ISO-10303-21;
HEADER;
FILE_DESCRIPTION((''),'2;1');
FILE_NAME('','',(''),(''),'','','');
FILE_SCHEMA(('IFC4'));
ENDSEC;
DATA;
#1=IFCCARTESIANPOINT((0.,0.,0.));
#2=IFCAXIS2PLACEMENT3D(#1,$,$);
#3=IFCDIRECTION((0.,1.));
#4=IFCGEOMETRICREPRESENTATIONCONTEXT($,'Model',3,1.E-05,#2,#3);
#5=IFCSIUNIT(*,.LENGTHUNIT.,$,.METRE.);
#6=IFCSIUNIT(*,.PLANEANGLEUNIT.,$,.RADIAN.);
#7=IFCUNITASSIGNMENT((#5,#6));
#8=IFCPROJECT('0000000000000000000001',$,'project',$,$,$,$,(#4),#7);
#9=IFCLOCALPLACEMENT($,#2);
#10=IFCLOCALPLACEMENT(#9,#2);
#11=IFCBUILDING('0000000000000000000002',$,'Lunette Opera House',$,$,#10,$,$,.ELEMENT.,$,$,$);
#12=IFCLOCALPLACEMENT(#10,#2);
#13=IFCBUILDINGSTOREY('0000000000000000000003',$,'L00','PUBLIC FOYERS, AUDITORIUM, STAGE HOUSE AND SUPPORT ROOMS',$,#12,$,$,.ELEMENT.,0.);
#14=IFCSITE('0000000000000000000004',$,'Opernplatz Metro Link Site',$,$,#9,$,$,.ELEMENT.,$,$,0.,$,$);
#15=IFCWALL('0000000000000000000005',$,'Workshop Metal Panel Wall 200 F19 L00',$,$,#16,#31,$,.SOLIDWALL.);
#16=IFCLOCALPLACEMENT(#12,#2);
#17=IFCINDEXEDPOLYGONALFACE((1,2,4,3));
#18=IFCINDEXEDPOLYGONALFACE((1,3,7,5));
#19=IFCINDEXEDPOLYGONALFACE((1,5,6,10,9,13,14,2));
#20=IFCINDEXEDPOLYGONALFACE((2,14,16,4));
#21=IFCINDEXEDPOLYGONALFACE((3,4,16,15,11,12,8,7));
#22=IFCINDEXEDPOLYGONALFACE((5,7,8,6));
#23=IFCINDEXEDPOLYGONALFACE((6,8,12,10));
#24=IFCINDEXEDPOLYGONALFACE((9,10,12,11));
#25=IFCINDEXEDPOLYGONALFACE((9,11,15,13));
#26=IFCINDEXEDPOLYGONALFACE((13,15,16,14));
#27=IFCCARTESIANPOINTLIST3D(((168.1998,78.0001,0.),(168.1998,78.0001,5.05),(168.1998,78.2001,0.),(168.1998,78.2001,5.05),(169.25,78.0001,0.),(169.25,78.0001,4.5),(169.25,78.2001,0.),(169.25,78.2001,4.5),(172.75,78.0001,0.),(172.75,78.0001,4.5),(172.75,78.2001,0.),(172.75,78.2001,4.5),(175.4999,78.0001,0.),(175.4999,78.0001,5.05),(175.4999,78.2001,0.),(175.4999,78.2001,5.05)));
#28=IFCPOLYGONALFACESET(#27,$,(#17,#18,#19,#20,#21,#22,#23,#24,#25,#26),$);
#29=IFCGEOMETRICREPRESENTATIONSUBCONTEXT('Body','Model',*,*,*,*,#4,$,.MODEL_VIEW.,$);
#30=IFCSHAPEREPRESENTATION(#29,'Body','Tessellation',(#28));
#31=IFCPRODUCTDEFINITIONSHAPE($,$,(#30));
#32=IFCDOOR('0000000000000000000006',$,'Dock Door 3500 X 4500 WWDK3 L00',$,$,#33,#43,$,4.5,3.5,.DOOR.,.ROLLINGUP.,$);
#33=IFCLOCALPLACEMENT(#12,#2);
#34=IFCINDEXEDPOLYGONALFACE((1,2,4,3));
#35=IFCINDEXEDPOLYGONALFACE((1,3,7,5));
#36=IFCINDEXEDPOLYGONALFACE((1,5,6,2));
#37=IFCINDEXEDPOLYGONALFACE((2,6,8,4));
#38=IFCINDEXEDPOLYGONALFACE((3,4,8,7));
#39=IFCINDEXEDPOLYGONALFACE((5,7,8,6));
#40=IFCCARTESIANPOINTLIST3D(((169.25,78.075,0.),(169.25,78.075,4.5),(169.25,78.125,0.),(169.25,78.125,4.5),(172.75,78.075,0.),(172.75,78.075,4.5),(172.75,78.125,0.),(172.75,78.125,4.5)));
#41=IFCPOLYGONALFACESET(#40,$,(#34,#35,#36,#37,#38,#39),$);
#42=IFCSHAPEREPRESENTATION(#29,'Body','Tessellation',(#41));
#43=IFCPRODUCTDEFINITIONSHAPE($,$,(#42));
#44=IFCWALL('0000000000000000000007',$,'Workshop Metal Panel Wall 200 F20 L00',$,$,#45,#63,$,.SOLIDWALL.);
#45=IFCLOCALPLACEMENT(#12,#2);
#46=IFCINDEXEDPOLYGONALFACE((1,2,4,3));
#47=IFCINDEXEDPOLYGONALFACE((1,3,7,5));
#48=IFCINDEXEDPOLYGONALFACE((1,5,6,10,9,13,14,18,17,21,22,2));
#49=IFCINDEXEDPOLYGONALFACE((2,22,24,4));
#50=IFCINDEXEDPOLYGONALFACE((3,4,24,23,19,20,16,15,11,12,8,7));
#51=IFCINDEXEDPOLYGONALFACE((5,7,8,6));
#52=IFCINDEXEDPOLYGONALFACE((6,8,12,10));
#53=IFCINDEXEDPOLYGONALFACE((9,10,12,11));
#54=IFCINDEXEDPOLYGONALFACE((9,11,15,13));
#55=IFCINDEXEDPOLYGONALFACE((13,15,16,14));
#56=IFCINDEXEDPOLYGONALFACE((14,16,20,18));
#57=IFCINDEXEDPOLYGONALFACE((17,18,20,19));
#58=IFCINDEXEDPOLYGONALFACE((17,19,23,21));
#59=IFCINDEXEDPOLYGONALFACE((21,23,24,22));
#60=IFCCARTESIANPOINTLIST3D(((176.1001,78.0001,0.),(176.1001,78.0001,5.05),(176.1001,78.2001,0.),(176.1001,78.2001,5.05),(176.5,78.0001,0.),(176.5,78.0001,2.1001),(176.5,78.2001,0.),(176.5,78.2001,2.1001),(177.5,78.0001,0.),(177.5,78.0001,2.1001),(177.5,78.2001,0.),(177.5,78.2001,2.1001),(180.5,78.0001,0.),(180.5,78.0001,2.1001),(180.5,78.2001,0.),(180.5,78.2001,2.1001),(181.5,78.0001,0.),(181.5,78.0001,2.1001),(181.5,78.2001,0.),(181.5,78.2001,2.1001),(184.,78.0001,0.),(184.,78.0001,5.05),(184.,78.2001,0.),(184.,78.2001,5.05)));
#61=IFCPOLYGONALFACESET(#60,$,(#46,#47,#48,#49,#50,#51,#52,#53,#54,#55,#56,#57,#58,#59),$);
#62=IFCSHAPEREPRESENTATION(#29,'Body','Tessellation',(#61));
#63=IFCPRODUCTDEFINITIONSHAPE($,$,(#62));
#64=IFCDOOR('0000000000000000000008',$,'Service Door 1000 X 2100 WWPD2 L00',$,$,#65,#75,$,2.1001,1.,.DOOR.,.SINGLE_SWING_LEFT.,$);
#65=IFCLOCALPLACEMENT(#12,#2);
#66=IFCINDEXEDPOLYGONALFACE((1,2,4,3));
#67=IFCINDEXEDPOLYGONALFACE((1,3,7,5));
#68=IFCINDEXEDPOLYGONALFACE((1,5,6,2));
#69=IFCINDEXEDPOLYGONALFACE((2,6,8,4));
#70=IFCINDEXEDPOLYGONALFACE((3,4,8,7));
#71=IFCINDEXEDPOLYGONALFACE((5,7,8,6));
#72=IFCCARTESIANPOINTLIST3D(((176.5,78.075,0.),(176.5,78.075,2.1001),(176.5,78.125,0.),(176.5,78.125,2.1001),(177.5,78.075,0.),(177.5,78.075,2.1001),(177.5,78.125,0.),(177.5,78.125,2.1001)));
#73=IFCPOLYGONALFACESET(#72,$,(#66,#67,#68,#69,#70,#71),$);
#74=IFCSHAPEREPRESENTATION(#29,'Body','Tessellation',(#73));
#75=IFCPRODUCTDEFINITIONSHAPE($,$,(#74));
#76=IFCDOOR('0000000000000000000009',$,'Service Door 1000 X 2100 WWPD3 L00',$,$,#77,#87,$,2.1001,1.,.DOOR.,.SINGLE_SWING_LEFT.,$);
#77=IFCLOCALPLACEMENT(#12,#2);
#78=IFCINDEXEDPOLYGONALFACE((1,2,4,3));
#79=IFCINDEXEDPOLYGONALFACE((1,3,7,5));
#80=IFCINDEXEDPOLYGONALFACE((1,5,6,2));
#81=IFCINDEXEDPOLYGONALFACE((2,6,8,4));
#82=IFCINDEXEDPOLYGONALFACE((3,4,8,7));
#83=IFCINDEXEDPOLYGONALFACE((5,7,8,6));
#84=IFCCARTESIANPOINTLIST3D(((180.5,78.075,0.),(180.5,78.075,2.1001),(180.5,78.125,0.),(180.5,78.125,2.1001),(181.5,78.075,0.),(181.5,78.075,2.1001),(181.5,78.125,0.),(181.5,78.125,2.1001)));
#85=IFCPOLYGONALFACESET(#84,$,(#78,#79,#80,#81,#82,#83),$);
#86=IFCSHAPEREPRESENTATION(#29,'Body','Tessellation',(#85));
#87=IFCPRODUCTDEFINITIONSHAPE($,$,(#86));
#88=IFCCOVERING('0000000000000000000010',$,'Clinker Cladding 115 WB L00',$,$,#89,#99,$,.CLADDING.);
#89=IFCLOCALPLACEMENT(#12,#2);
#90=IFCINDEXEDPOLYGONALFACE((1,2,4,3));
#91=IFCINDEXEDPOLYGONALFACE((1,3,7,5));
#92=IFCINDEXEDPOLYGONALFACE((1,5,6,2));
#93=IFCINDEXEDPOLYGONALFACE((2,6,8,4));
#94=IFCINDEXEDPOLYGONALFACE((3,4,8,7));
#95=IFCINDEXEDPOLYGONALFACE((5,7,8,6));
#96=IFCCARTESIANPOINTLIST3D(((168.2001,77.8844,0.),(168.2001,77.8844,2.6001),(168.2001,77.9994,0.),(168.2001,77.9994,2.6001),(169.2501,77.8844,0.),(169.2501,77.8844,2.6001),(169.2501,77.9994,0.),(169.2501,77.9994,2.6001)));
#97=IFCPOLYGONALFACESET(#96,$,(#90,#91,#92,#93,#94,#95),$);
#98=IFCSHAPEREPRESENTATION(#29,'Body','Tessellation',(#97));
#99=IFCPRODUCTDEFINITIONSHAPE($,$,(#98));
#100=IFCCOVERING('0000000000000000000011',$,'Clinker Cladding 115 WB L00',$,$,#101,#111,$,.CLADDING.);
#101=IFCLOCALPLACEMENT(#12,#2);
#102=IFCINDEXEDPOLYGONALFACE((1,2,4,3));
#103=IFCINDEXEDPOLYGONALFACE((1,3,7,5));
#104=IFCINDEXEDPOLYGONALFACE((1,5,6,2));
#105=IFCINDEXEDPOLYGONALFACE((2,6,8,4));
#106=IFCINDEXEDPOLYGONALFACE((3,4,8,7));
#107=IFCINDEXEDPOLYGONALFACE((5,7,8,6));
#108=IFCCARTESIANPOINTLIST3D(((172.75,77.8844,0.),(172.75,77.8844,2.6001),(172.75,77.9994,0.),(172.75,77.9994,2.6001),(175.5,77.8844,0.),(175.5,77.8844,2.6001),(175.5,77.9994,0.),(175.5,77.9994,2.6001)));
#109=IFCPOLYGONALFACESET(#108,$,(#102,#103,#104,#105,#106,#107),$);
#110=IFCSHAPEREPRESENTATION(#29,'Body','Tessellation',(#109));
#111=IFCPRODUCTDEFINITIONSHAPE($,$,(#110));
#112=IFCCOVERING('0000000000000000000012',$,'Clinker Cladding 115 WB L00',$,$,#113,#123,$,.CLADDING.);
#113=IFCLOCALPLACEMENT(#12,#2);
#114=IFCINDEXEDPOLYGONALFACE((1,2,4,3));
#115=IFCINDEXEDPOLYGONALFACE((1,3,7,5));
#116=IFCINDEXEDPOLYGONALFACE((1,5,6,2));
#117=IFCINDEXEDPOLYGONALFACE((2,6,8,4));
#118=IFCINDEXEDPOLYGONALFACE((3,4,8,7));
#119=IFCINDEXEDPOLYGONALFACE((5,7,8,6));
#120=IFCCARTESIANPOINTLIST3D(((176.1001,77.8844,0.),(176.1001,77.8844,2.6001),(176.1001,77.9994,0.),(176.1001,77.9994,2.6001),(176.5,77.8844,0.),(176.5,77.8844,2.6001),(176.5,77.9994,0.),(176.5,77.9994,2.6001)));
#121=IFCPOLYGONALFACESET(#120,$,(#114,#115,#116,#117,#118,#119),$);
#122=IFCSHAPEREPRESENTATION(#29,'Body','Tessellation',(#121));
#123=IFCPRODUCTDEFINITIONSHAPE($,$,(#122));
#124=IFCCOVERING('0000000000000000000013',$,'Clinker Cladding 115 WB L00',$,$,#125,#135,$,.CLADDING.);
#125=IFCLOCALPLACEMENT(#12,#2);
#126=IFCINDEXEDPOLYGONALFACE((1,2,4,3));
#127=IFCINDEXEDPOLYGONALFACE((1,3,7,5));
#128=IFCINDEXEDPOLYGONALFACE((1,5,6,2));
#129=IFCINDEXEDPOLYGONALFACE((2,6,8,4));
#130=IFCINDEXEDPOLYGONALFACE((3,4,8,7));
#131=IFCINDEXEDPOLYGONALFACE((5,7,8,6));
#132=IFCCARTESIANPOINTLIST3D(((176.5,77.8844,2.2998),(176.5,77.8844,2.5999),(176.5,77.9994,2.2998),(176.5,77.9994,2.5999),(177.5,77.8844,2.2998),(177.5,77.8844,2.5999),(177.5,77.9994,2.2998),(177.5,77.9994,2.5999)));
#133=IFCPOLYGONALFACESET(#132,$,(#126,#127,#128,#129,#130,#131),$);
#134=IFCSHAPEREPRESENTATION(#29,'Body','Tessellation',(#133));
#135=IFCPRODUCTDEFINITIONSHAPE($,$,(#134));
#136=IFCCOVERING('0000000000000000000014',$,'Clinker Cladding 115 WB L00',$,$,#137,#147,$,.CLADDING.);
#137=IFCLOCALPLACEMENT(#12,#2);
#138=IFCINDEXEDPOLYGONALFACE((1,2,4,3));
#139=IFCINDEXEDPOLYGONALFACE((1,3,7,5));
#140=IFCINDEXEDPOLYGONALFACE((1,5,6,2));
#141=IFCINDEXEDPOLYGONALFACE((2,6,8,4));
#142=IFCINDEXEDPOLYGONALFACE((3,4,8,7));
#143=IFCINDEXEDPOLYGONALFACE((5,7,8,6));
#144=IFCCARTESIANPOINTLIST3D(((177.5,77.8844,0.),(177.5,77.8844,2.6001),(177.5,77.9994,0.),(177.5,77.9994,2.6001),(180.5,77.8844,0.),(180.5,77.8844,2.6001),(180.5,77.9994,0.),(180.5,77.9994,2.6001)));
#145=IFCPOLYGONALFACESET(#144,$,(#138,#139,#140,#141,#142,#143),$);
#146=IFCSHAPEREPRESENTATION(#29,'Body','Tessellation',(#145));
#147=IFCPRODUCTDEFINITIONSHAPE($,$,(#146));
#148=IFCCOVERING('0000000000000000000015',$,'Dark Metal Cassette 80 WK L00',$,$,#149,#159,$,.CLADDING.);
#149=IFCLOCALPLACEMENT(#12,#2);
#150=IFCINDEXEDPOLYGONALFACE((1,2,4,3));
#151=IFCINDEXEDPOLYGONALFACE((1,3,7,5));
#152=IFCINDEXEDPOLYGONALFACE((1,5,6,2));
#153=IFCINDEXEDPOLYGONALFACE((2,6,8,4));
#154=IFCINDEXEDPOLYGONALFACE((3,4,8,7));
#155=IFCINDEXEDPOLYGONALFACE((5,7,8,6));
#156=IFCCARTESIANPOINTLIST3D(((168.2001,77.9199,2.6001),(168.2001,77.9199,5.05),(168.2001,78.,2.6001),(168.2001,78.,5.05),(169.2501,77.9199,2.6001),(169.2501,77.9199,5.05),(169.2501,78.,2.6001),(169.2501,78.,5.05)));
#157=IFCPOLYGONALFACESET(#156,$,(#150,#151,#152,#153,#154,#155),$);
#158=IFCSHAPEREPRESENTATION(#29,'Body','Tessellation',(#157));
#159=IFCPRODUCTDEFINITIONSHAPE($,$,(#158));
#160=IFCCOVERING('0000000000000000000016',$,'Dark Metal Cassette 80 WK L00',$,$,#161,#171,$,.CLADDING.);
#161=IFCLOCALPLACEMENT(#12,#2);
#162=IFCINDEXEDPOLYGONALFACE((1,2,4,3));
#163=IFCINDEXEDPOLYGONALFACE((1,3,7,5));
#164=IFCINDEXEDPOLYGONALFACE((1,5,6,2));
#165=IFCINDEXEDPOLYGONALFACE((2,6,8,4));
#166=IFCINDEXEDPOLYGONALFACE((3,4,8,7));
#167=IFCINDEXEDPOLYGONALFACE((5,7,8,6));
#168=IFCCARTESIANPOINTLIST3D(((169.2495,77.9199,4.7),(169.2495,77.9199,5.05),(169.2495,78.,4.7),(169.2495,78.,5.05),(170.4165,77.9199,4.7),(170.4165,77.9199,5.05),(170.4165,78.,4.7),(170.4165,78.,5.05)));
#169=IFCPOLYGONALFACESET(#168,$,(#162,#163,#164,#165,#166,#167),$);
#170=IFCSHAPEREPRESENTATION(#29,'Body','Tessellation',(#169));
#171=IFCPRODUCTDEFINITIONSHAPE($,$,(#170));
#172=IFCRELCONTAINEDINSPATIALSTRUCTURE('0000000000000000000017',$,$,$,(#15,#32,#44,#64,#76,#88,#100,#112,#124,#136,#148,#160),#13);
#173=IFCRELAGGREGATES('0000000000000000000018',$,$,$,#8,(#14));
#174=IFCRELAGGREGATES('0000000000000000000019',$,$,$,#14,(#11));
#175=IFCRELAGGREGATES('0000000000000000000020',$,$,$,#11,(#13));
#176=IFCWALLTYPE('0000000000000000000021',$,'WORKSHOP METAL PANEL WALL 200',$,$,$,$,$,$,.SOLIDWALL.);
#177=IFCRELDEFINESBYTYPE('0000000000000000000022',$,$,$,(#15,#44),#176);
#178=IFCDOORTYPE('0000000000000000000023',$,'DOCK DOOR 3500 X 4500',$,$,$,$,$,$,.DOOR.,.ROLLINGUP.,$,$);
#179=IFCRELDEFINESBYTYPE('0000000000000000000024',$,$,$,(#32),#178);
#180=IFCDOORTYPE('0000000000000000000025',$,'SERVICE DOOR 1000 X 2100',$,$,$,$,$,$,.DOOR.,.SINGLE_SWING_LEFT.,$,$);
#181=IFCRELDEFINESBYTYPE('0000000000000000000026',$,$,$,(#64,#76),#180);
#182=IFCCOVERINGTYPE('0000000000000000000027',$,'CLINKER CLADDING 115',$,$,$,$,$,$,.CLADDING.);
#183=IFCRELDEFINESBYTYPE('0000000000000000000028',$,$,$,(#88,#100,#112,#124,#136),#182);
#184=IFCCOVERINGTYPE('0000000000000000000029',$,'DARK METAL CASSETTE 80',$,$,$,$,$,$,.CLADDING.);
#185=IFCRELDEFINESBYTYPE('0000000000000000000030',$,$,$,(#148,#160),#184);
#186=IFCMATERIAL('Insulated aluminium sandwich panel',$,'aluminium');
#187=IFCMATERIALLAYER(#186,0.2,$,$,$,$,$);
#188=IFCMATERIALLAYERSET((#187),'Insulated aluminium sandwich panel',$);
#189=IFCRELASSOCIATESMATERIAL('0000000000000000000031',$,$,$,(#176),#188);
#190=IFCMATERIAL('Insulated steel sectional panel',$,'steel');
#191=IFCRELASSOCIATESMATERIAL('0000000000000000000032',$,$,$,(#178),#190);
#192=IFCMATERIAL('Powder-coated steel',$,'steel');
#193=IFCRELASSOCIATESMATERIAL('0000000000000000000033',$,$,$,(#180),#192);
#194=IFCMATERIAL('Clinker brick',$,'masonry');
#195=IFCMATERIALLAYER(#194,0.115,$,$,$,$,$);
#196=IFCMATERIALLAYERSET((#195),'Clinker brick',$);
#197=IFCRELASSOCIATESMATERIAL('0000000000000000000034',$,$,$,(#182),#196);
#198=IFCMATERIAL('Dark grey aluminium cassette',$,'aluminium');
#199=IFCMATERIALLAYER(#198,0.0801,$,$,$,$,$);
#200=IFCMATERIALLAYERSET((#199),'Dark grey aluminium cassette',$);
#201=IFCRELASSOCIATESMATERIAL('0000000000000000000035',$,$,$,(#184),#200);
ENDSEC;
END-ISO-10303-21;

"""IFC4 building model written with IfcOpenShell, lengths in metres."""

from ifc_helpers import new_model, si_unit, direction, frame, frame_2d, origin, origin_2d, place, context, subcontext, project, spatial, rectangle, extrude, material, layer, layer_set, type_object, element, fill, save


model = new_model("IFC4")

# Units and contexts
model_context = context("Model", 3, precision=1e-05, world=origin(), true_north=direction((0.0, 1.0)))
body_context = subcontext(model_context, "Body", "Model", "MODEL_VIEW")
ifc_project = project(units=[si_unit("LENGTHUNIT", "METRE"), si_unit("PLANEANGLEUNIT", "RADIAN")], contexts=[model_context])

# Site, building, storey
site_placement = place(None, origin())
site = spatial("IfcSite", under=ifc_project, at=site_placement, Name="Opernplatz Metro Link Site", CompositionType="ELEMENT", RefElevation=0.0)
building_placement = place(site_placement, origin())
building = spatial("IfcBuilding", under=site, at=building_placement, Name="Lunette Opera House", CompositionType="ELEMENT")
storey_placement = place(building_placement, origin())
storey = spatial("IfcBuildingStorey", under=building, at=storey_placement, Name="L00", Description="PUBLIC FOYERS, AUDITORIUM, STAGE HOUSE AND SUPPORT ROOMS", CompositionType="ELEMENT", Elevation=0.0)

# Wall, opening, door
ifc_material_1 = material(Name="Insulated aluminium sandwich panel", Category="aluminium")
ifc_layer_1 = layer(ifc_material_1, 0.2)
ifc_layer_set_1 = layer_set([ifc_layer_1], Name="Insulated aluminium sandwich panel")
wall_type_1 = type_object("IfcWallType", Name="WORKSHOP METAL PANEL WALL 200", PredefinedType="SOLIDWALL", material=ifc_layer_set_1)
wall_1_placement = place(storey_placement, frame((168.2, 78.1001, 0.0), z_axis=(0.0, 0.0, 1.0), x_axis=(1.0, 0.0, 0.0)))
wall_1 = element("IfcWall", 1, at=wall_1_placement, inside=storey, type_object=wall_type_1, Name="Workshop Metal Panel Wall 200 F19 L00", PredefinedType="SOLIDWALL", context=body_context, shape_type="SweptSolid", body=[
    extrude(rectangle(XDim=7.3, YDim=0.2, at=frame_2d((3.6499, 0.0))), origin(), (0.0, 0.0, 1.0), 5.05),
])
opening_1_placement = place(wall_1_placement, frame((1.05, 0.0, 0.0)))
opening_1 = element("IfcOpeningElement", 2, at=opening_1_placement, cuts=wall_1, PredefinedType="OPENING", context=body_context, shape_type="SweptSolid", body=[
    extrude(rectangle(XDim=3.5, YDim=4.5, at=frame_2d((1.75, 2.25))), frame((0.0, 0.1121, 0.0), z_axis=(0.0, -1.0, 0.0), x_axis=(1.0, 0.0, 0.0)), (0.0, 0.0, 1.0), 0.2239),
])
ifc_material_2 = material(Name="Insulated steel sectional panel", Category="steel")
door_type_1 = type_object("IfcDoorType", Name="DOCK DOOR 3500 X 4500", OperationType="ROLLINGUP", PredefinedType="DOOR", material=ifc_material_2)
door_1_placement = place(opening_1_placement, origin())
door_1 = element("IfcDoor", 3, at=door_1_placement, inside=storey, type_object=door_type_1, Name="Dock Door 3500 X 4500 WWDK3 L00", OperationType="ROLLINGUP", OverallHeight=4.5, OverallWidth=3.5, PredefinedType="DOOR", context=body_context, shape_type="SweptSolid", body=[
    extrude(rectangle(XDim=3.5, YDim=4.5, at=frame_2d((1.75, 2.25))), frame((0.0, 0.0249, 0.0), z_axis=(0.0, -1.0, 0.0), x_axis=(1.0, 0.0, 0.0)), (0.0, 0.0, 1.0), 0.05),
])
fill(opening_1, door_1)

# Wall, openings, doors
wall_2_placement = place(storey_placement, frame((176.1001, 78.1001, 0.0), z_axis=(0.0, 0.0, 1.0), x_axis=(1.0, 0.0, 0.0)))
wall_2 = element("IfcWall", 4, at=wall_2_placement, inside=storey, type_object=wall_type_1, Name="Workshop Metal Panel Wall 200 F20 L00", PredefinedType="SOLIDWALL", context=body_context, shape_type="SweptSolid", body=[
    extrude(rectangle(XDim=7.8999, YDim=0.2, at=frame_2d((3.95, 0.0))), origin(), (0.0, 0.0, 1.0), 5.05),
])
opening_2_placement = place(wall_2_placement, frame((0.3999, 0.0, 0.0)))
opening_2 = element("IfcOpeningElement", 5, at=opening_2_placement, cuts=wall_2, PredefinedType="OPENING", context=body_context, shape_type="SweptSolid", body=[
    extrude(rectangle(XDim=1.0, YDim=2.1001, at=frame_2d((0.5, 1.05))), frame((0.0, 0.1121, 0.0), z_axis=(0.0, -1.0, 0.0), x_axis=(1.0, 0.0, 0.0)), (0.0, 0.0, 1.0), 0.2239),
])
opening_3_placement = place(wall_2_placement, frame((4.3999, 0.0, 0.0)))
opening_3 = element("IfcOpeningElement", 6, at=opening_3_placement, cuts=wall_2, PredefinedType="OPENING", context=body_context, shape_type="SweptSolid", body=[
    extrude(rectangle(XDim=1.0, YDim=2.1001, at=frame_2d((0.5, 1.05))), frame((0.0, 0.1121, 0.0), z_axis=(0.0, -1.0, 0.0), x_axis=(1.0, 0.0, 0.0)), (0.0, 0.0, 1.0), 0.2239),
])
ifc_material_3 = material(Name="Powder-coated steel", Category="steel")
door_type_2 = type_object("IfcDoorType", Name="SERVICE DOOR 1000 X 2100", OperationType="SINGLE_SWING_LEFT", PredefinedType="DOOR", material=ifc_material_3)
door_2_placement = place(opening_2_placement, origin())
door_2 = element("IfcDoor", 7, at=door_2_placement, inside=storey, type_object=door_type_2, Name="Service Door 1000 X 2100 WWPD2 L00", OperationType="SINGLE_SWING_LEFT", OverallHeight=2.1001, OverallWidth=1.0, PredefinedType="DOOR", context=body_context, shape_type="SweptSolid", body=[
    extrude(rectangle(XDim=1.0, YDim=2.1001, at=frame_2d((0.5, 1.05))), frame((0.0, 0.0249, 0.0), z_axis=(0.0, -1.0, 0.0), x_axis=(1.0, 0.0, 0.0)), (0.0, 0.0, 1.0), 0.05),
])
fill(opening_2, door_2)
door_3_placement = place(opening_3_placement, origin())
door_3 = element("IfcDoor", 8, at=door_3_placement, inside=storey, type_object=door_type_2, Name="Service Door 1000 X 2100 WWPD3 L00", OperationType="SINGLE_SWING_LEFT", OverallHeight=2.1001, OverallWidth=1.0, PredefinedType="DOOR", context=body_context, shape_type="SweptSolid", body=[
    extrude(rectangle(XDim=1.0, YDim=2.1001, at=frame_2d((0.5, 1.05))), frame((0.0, 0.0249, 0.0), z_axis=(0.0, -1.0, 0.0), x_axis=(1.0, 0.0, 0.0)), (0.0, 0.0, 1.0), 0.05),
])
fill(opening_3, door_3)

# Coverings
ifc_material_4 = material(Name="Clinker brick", Category="masonry")
ifc_layer_2 = layer(ifc_material_4, 0.115)
ifc_layer_set_2 = layer_set([ifc_layer_2], Name="Clinker brick")
covering_type_1 = type_object("IfcCoveringType", Name="CLINKER CLADDING 115", PredefinedType="CLADDING", material=ifc_layer_set_2)
covering_1_placement = place(storey_placement, frame((168.7251, 77.9419, 0.0), z_axis=(0.0, 0.0, 1.0), x_axis=(1.0, 0.0, 0.0)))
element("IfcCovering", 9, at=covering_1_placement, inside=storey, type_object=covering_type_1, Name="Clinker Cladding 115 WB L00", PredefinedType="CLADDING", context=body_context, shape_type="SweptSolid", body=[
    extrude(rectangle(XDim=1.05, YDim=0.115, at=origin_2d()), origin(), (0.0, 0.0, 1.0), 2.6001),
])
covering_2_placement = place(storey_placement, frame((174.125, 77.9419, 0.0), z_axis=(0.0, 0.0, 1.0), x_axis=(1.0, 0.0, 0.0)))
element("IfcCovering", 10, at=covering_2_placement, inside=storey, type_object=covering_type_1, Name="Clinker Cladding 115 WB L00", PredefinedType="CLADDING", context=body_context, shape_type="SweptSolid", body=[
    extrude(rectangle(XDim=2.75, YDim=0.115, at=origin_2d()), origin(), (0.0, 0.0, 1.0), 2.6001),
])
covering_3_placement = place(storey_placement, frame((176.3, 77.9419, 0.0), z_axis=(0.0, 0.0, 1.0), x_axis=(1.0, 0.0, 0.0)))
element("IfcCovering", 11, at=covering_3_placement, inside=storey, type_object=covering_type_1, Name="Clinker Cladding 115 WB L00", PredefinedType="CLADDING", context=body_context, shape_type="SweptSolid", body=[
    extrude(rectangle(XDim=0.3999, YDim=0.115, at=origin_2d()), origin(), (0.0, 0.0, 1.0), 2.6001),
])
covering_4_placement = place(storey_placement, frame((177.0, 77.9419, 2.2998), z_axis=(0.0, 0.0, 1.0), x_axis=(1.0, 0.0, 0.0)))
element("IfcCovering", 12, at=covering_4_placement, inside=storey, type_object=covering_type_1, Name="Clinker Cladding 115 WB L00", PredefinedType="CLADDING", context=body_context, shape_type="SweptSolid", body=[
    extrude(rectangle(XDim=1.0, YDim=0.115, at=origin_2d()), origin(), (0.0, 0.0, 1.0), 0.3),
])
covering_5_placement = place(storey_placement, frame((179.0, 77.9419, 0.0), z_axis=(0.0, 0.0, 1.0), x_axis=(1.0, 0.0, 0.0)))
element("IfcCovering", 13, at=covering_5_placement, inside=storey, type_object=covering_type_1, Name="Clinker Cladding 115 WB L00", PredefinedType="CLADDING", context=body_context, shape_type="SweptSolid", body=[
    extrude(rectangle(XDim=3.0, YDim=0.115, at=origin_2d()), origin(), (0.0, 0.0, 1.0), 2.6001),
])
ifc_material_5 = material(Name="Dark grey aluminium cassette", Category="aluminium")
ifc_layer_3 = layer(ifc_material_5, 0.0801)
ifc_layer_set_3 = layer_set([ifc_layer_3], Name="Dark grey aluminium cassette")
covering_type_2 = type_object("IfcCoveringType", Name="DARK METAL CASSETTE 80", PredefinedType="CLADDING", material=ifc_layer_set_3)
covering_6_placement = place(storey_placement, frame((168.7251, 77.96, 2.6001), z_axis=(0.0, 0.0, 1.0), x_axis=(1.0, 0.0, 0.0)))
element("IfcCovering", 14, at=covering_6_placement, inside=storey, type_object=covering_type_2, Name="Dark Metal Cassette 80 WK L00", PredefinedType="CLADDING", context=body_context, shape_type="SweptSolid", body=[
    extrude(rectangle(XDim=1.05, YDim=0.0801, at=origin_2d()), origin(), (0.0, 0.0, 1.0), 2.45),
])
for number, where, z_axis, x_axis, name in (
    (15, (169.833, 77.96, 4.7), (0.0, 0.0, 1.0), (1.0, 0.0, 0.0), "Dark Metal Cassette 80 WK L00"),
):
    element("IfcCovering", number, at=place(storey_placement, frame(where, z_axis=z_axis, x_axis=x_axis)), inside=storey, type_object=covering_type_2, Name=name, PredefinedType="CLADDING", context=body_context, shape_type="SweptSolid", body=[
        extrude(rectangle(XDim=1.167, YDim=0.0801, at=origin_2d()), origin(), (0.0, 0.0, 1.0), 0.3501),
    ])

save(model, "model.ifc")
